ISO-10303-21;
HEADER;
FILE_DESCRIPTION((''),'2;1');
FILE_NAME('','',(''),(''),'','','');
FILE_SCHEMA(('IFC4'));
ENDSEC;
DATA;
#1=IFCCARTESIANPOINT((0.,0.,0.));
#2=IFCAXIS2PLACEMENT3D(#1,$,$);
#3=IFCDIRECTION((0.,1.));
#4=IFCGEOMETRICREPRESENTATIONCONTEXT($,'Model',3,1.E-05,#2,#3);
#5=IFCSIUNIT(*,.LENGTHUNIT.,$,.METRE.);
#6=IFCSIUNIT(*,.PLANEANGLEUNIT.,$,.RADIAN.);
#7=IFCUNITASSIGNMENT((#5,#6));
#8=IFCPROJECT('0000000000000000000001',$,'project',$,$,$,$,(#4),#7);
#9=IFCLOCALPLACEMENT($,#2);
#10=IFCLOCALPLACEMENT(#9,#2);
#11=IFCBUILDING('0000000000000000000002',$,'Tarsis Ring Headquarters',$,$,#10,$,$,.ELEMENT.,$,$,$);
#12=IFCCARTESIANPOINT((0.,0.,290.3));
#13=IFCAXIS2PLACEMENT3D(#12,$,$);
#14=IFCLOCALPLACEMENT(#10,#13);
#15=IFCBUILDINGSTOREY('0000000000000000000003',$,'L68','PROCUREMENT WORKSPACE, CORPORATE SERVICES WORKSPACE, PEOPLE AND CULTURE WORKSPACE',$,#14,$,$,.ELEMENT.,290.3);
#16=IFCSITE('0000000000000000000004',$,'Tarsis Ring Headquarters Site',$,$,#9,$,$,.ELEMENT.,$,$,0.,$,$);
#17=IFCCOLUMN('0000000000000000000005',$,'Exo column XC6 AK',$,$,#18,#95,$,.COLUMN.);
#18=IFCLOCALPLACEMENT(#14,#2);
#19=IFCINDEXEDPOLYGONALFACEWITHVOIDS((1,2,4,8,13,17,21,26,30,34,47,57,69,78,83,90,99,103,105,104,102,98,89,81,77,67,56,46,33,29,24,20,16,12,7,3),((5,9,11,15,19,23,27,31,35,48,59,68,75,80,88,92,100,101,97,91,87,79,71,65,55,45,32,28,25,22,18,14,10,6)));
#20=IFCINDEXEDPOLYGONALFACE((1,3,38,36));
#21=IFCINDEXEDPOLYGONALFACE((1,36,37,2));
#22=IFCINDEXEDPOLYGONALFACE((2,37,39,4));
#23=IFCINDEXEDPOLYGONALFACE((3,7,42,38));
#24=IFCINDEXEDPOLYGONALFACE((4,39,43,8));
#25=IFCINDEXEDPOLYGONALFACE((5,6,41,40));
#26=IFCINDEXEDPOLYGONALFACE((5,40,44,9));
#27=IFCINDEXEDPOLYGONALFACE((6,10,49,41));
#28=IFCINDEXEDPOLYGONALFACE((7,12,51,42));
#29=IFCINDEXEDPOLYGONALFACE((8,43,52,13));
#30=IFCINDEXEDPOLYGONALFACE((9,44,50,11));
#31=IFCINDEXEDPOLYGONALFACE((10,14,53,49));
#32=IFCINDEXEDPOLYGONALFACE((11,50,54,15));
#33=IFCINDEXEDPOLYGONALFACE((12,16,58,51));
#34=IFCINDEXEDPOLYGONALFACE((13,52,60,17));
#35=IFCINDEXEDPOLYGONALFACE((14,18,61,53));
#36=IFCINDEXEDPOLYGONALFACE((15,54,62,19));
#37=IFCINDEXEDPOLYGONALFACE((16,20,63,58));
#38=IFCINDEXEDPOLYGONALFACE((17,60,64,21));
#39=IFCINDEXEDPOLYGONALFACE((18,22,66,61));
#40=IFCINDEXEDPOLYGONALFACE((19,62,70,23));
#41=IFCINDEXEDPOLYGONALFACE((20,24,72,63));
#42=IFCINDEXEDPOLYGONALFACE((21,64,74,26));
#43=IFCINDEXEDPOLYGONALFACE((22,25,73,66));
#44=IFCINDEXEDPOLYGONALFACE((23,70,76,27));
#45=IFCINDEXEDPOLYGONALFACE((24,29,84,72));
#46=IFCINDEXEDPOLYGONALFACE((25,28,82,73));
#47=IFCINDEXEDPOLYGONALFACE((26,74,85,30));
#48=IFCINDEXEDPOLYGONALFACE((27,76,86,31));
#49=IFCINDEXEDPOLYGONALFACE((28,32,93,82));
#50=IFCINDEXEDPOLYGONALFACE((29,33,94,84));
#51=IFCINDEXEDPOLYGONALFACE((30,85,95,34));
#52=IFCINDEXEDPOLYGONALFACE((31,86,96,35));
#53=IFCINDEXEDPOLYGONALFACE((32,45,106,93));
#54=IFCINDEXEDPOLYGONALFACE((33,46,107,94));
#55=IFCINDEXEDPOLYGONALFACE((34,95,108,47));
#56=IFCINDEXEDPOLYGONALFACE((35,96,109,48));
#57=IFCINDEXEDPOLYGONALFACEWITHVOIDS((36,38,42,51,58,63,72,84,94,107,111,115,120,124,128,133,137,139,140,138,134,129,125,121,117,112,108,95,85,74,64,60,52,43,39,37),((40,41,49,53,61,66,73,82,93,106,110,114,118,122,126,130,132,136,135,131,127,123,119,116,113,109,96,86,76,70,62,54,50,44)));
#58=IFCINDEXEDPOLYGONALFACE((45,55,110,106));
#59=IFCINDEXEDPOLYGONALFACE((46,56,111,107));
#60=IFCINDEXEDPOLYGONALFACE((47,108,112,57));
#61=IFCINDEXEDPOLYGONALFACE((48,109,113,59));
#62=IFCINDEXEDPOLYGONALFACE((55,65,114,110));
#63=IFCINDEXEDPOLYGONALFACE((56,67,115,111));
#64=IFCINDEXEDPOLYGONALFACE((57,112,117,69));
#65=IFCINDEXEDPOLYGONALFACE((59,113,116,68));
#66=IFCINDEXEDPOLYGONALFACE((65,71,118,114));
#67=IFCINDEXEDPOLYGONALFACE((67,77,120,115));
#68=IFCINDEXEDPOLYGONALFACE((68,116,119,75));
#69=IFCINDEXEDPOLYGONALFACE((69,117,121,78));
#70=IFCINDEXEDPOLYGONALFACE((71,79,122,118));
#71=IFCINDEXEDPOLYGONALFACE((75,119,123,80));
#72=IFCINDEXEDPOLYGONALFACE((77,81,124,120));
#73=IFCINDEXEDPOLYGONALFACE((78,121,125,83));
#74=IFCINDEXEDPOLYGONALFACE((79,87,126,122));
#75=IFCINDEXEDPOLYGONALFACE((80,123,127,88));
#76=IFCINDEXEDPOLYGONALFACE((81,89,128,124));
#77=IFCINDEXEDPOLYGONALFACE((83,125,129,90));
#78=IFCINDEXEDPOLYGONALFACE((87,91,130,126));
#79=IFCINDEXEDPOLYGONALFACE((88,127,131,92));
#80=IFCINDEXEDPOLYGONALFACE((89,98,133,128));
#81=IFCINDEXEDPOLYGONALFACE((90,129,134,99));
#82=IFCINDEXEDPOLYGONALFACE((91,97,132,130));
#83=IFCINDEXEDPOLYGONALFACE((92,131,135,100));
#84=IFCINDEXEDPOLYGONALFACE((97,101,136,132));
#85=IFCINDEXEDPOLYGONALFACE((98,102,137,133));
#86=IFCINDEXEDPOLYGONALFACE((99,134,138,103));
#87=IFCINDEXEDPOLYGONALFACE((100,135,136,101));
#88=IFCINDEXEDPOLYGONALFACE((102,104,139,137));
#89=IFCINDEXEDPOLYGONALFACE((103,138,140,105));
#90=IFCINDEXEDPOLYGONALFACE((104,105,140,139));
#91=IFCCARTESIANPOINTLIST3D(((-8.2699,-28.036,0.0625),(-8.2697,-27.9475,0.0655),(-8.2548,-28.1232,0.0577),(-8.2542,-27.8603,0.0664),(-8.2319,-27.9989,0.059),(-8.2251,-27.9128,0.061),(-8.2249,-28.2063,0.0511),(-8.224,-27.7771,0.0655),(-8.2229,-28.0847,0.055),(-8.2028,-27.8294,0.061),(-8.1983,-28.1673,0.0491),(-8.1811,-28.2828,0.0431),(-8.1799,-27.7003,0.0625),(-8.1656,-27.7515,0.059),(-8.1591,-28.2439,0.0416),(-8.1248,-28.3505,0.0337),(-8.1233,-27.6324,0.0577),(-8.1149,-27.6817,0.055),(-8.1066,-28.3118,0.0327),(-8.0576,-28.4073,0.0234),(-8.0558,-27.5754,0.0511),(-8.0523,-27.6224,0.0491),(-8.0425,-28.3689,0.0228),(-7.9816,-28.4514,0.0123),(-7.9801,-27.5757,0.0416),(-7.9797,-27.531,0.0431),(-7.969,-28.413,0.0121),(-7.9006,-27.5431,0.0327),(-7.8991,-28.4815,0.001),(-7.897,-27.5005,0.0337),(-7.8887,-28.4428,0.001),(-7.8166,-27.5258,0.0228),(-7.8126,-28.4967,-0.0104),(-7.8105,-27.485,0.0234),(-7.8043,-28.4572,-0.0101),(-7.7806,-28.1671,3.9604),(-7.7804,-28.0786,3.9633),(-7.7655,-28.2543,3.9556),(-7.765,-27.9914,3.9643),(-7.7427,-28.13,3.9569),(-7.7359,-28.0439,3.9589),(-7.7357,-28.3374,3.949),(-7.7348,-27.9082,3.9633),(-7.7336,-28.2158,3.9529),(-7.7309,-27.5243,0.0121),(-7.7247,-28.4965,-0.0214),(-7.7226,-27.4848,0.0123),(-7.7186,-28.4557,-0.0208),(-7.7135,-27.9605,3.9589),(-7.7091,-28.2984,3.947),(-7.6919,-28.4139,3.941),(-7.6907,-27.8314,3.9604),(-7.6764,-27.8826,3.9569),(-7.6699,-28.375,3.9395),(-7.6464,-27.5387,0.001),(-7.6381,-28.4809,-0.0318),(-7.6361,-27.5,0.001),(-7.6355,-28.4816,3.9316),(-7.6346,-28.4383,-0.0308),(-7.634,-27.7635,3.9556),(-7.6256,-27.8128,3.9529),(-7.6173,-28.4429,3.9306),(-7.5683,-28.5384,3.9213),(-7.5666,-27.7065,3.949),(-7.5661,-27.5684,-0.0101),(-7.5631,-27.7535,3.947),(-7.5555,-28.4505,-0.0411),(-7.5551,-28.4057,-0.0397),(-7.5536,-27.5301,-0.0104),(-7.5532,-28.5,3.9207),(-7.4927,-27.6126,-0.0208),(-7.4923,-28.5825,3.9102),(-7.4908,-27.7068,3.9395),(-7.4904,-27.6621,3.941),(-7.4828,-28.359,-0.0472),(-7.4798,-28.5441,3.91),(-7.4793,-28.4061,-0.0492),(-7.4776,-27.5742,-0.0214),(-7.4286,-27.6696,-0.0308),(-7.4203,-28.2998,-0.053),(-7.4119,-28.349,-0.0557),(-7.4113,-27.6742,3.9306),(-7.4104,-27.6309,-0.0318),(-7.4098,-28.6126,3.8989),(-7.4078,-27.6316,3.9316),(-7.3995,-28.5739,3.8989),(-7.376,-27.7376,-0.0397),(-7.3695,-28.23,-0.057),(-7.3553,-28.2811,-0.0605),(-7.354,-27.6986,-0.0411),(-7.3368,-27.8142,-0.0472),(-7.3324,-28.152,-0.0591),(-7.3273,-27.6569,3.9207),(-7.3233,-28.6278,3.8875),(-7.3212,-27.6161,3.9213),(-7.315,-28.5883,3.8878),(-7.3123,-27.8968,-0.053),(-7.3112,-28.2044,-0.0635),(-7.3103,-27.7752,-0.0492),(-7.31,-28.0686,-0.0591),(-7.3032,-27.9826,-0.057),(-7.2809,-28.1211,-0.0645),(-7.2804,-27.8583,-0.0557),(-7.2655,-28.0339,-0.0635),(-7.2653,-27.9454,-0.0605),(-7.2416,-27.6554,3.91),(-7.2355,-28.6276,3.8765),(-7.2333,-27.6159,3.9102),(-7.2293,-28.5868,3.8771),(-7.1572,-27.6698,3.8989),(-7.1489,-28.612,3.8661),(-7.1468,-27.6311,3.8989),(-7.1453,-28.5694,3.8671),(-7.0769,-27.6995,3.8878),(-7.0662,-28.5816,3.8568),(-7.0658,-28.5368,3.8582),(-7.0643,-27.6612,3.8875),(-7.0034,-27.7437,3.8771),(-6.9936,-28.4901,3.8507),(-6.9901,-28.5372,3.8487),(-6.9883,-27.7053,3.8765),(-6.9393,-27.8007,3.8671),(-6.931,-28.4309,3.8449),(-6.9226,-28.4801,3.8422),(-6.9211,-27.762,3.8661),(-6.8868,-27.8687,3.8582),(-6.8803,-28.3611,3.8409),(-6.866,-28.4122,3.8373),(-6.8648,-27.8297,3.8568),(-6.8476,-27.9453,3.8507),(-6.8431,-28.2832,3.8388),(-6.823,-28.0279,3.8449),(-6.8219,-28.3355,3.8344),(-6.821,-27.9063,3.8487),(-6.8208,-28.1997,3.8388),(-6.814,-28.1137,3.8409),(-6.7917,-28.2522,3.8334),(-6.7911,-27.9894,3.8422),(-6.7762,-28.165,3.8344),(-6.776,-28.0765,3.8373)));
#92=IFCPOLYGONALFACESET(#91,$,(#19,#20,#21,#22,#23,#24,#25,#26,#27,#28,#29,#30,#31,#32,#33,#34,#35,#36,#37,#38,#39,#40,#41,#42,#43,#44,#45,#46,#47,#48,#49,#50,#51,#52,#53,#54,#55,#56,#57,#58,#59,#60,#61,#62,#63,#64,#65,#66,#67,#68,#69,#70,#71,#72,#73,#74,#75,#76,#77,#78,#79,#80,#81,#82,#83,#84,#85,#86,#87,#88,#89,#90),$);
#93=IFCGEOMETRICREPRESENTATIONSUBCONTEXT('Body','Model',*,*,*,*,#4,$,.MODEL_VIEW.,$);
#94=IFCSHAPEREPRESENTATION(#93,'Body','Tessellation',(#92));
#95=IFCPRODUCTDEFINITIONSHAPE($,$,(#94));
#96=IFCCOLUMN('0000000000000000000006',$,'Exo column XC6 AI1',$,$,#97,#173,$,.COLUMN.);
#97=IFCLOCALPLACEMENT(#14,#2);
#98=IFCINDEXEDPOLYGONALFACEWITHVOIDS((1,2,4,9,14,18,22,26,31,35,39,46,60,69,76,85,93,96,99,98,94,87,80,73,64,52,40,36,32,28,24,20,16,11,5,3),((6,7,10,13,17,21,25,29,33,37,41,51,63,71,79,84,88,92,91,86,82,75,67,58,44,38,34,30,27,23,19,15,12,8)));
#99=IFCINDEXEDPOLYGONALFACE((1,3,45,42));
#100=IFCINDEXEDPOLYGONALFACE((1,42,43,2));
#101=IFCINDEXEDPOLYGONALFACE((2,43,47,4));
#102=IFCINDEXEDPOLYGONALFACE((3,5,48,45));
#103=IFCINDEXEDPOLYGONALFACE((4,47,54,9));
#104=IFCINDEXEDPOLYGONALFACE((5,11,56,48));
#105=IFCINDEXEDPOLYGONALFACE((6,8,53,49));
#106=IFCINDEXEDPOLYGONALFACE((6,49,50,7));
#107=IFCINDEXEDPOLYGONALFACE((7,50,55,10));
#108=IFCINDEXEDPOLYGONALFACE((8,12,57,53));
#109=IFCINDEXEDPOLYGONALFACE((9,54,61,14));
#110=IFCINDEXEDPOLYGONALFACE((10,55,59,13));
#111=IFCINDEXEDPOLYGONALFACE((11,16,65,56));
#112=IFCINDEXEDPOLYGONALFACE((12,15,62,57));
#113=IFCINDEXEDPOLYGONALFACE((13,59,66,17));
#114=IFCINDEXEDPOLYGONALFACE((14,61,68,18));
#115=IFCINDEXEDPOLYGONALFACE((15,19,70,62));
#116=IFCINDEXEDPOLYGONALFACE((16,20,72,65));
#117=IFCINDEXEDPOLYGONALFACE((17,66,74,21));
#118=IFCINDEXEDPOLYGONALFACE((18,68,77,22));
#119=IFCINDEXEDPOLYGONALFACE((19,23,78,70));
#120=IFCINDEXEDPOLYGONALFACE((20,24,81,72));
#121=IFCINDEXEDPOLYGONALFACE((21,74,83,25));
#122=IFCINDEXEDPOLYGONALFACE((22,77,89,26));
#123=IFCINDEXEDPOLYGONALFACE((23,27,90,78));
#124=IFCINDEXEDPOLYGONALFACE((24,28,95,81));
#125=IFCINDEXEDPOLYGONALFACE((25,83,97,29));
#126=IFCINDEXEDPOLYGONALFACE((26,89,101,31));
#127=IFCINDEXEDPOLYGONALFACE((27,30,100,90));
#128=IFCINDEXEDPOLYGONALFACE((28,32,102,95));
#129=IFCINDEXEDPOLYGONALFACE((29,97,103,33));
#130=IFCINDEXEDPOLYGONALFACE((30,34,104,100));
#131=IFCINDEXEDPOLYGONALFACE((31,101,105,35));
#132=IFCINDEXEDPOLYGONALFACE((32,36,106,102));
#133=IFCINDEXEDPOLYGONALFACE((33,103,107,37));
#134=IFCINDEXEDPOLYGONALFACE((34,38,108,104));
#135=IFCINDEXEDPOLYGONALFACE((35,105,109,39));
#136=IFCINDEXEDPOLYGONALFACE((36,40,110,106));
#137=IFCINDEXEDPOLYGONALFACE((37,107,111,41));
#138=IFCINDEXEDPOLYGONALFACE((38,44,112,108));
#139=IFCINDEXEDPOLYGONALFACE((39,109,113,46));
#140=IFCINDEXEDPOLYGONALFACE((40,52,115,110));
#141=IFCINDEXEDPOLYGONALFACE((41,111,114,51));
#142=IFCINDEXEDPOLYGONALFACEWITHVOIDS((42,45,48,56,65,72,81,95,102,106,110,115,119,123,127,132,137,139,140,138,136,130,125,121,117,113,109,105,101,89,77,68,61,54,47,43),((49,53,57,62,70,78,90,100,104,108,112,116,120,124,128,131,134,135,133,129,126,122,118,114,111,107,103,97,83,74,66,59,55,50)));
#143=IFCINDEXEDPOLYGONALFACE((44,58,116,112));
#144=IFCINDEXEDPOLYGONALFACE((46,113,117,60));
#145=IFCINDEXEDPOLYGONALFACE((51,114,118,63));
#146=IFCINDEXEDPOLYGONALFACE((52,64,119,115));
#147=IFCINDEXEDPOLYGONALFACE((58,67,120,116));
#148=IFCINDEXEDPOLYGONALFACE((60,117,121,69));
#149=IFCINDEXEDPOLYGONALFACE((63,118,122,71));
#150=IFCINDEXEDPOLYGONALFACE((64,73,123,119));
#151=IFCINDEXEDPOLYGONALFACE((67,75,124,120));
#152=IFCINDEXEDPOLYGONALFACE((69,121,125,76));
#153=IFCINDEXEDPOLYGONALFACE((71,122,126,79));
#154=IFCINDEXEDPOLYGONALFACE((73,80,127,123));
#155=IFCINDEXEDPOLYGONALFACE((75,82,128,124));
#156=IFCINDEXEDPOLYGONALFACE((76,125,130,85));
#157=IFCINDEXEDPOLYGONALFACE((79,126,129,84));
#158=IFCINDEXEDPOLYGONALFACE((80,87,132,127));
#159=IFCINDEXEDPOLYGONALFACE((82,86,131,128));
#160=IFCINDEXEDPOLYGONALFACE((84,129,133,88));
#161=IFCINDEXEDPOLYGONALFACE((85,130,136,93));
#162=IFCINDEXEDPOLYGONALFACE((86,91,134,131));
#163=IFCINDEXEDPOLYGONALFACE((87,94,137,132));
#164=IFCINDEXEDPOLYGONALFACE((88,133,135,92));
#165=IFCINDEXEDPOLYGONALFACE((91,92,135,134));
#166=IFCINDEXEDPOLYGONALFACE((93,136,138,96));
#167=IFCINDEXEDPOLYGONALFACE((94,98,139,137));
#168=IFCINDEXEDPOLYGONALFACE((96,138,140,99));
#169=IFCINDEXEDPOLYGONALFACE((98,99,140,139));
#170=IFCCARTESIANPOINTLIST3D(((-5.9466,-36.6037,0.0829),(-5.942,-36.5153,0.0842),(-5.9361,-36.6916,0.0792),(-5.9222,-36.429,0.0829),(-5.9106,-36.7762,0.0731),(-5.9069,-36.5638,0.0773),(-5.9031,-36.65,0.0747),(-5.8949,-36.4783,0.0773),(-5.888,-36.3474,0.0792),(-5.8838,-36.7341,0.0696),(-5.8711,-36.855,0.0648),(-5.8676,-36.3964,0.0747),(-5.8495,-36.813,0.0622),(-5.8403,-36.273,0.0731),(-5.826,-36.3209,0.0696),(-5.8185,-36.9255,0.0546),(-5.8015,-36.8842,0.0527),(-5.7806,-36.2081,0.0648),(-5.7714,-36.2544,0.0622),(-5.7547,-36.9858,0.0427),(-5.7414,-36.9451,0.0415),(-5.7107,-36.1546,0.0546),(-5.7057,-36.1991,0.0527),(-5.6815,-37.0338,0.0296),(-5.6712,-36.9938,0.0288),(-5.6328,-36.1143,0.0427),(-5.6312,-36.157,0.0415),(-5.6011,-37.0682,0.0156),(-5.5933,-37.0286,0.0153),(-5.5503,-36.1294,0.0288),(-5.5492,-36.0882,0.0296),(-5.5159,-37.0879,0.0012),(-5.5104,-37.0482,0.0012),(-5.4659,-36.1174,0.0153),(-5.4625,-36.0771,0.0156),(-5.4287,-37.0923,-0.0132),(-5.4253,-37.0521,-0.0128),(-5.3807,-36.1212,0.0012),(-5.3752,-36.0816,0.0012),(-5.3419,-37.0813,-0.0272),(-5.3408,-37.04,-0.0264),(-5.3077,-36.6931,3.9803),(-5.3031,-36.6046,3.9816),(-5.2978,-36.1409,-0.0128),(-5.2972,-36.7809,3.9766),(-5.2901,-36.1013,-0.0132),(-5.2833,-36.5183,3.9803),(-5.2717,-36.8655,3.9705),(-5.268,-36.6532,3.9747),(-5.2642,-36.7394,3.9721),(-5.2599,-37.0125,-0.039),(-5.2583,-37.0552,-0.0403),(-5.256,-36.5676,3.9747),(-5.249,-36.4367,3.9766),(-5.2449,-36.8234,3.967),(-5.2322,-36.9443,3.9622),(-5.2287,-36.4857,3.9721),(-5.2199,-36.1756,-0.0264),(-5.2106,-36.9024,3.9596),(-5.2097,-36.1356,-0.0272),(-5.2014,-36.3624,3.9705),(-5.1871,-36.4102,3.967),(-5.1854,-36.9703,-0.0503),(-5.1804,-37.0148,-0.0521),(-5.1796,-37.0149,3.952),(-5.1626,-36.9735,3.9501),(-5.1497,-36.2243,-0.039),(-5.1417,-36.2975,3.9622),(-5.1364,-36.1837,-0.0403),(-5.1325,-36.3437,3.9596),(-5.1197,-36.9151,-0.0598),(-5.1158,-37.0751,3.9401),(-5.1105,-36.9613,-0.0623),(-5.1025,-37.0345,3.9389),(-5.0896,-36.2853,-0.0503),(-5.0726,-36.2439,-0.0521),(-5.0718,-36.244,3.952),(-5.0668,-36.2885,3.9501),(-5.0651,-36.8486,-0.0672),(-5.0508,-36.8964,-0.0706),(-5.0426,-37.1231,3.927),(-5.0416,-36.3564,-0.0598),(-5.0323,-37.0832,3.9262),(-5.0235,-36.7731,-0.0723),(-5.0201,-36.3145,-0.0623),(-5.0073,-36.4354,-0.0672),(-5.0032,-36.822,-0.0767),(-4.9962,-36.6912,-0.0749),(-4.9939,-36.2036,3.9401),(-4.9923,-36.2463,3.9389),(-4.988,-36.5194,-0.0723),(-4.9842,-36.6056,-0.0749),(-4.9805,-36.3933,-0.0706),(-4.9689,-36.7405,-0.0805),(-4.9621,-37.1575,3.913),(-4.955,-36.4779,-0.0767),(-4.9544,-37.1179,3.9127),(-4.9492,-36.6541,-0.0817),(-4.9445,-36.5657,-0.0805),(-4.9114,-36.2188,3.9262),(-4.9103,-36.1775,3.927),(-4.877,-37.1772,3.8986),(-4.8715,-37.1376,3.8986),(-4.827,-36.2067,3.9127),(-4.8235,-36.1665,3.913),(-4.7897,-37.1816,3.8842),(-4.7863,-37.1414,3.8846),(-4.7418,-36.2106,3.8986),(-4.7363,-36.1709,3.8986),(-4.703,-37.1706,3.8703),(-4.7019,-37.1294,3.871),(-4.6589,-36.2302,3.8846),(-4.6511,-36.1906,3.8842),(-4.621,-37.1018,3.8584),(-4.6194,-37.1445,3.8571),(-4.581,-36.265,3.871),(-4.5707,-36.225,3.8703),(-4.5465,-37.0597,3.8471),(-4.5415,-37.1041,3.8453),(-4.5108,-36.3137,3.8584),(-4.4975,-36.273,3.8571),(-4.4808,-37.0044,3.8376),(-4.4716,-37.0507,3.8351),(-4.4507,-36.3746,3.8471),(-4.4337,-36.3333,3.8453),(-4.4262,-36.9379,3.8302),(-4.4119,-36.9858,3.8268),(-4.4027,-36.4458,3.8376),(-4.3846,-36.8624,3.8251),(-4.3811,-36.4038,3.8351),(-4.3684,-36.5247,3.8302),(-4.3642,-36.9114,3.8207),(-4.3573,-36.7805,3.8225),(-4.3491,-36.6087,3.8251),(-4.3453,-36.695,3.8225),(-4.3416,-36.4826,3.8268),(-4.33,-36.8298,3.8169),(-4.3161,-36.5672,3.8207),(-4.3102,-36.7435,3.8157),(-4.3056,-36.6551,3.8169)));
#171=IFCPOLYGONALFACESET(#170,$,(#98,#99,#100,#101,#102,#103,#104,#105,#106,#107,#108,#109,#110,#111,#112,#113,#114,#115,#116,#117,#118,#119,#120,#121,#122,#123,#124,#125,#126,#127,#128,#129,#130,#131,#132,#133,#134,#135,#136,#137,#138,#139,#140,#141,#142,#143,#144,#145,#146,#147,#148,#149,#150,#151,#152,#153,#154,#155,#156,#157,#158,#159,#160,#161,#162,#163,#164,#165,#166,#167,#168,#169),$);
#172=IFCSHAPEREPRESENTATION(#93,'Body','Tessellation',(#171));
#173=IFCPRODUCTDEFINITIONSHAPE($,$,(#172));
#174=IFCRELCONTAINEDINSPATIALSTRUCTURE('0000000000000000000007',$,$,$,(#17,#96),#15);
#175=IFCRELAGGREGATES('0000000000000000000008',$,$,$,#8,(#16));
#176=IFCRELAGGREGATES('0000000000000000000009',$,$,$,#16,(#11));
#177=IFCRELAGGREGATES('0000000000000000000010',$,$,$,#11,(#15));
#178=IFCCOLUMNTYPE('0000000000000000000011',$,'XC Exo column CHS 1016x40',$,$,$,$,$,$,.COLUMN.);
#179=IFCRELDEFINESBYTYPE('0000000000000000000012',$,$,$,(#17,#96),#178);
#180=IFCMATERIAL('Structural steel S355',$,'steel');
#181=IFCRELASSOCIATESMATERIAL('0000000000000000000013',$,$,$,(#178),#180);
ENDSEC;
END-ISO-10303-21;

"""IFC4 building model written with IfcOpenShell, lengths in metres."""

from ifc_helpers import new_model, si_unit, direction, frame, origin, origin_2d, place, context, subcontext, project, spatial, hollow_circle, extrude, material, material_profile, profile_set, type_object, element, save


model = new_model("IFC4")

# Units and contexts
model_context = context("Model", 3, precision=1e-05, world=origin(), true_north=direction((0.0, 1.0)))
body_context = subcontext(model_context, "Body", "Model", "MODEL_VIEW")
ifc_project = project(units=[si_unit("LENGTHUNIT", "METRE"), si_unit("PLANEANGLEUNIT", "RADIAN")], contexts=[model_context])

# Site, building, storey
site_placement = place(None, origin())
site = spatial("IfcSite", under=ifc_project, at=site_placement, Name="Tarsis Ring Headquarters Site", CompositionType="ELEMENT", RefElevation=0.0)
building_placement = place(site_placement, origin())
building = spatial("IfcBuilding", under=site, at=building_placement, Name="Tarsis Ring Headquarters", CompositionType="ELEMENT")
storey_placement = place(building_placement, frame((0.0, 0.0, 290.3)))
storey = spatial("IfcBuildingStorey", under=building, at=storey_placement, Name="L68", Description="PROCUREMENT WORKSPACE, CORPORATE SERVICES WORKSPACE, PEOPLE AND CULTURE WORKSPACE", CompositionType="ELEMENT", Elevation=290.3)

# Columns
ifc_material_1 = material(Name="Structural steel S355", Category="steel")
ifc_material_profile_1 = material_profile(ifc_material_1, hollow_circle(Radius=0.5081, WallThickness=0.04, at=origin_2d()), Name="CHS 1016x40")
ifc_profile_set_1 = profile_set([ifc_material_profile_1], Name="Structural steel S355")
column_type = type_object("IfcColumnType", Name="XC Exo column CHS 1016x40", PredefinedType="COLUMN", material=ifc_profile_set_1)
column_1_placement = place(storey_placement, frame((-7.7676, -27.9907, 0.001), z_axis=(0.12447, -0.033354, 0.991663), x_axis=(0.258832, 0.965922, 0.0)))
element("IfcColumn", 1, at=column_1_placement, inside=storey, type_object=column_type, Name="Exo column XC6 AK", PredefinedType="COLUMN", context=body_context, shape_type="SweptSolid", body=[
    extrude(hollow_circle(Radius=0.5081, WallThickness=0.04, at=origin_2d()), origin(), (0.0, 0.0, 1.0), 3.9307),
])
column_2_placement = place(storey_placement, frame((-5.4456, -36.5847, 0.0012), z_axis=(0.161731, -0.022619, 0.986576), x_axis=(0.138507, 0.990361, 0.0)))
element("IfcColumn", 2, at=column_2_placement, inside=storey, type_object=column_type, Name="Exo column XC6 AI1", PredefinedType="COLUMN", context=body_context, shape_type="SweptSolid", body=[
    extrude(hollow_circle(Radius=0.5081, WallThickness=0.04, at=origin_2d()), origin(), (0.0, 0.0, 1.0), 3.9504),
])

save(model, "model.ifc")
